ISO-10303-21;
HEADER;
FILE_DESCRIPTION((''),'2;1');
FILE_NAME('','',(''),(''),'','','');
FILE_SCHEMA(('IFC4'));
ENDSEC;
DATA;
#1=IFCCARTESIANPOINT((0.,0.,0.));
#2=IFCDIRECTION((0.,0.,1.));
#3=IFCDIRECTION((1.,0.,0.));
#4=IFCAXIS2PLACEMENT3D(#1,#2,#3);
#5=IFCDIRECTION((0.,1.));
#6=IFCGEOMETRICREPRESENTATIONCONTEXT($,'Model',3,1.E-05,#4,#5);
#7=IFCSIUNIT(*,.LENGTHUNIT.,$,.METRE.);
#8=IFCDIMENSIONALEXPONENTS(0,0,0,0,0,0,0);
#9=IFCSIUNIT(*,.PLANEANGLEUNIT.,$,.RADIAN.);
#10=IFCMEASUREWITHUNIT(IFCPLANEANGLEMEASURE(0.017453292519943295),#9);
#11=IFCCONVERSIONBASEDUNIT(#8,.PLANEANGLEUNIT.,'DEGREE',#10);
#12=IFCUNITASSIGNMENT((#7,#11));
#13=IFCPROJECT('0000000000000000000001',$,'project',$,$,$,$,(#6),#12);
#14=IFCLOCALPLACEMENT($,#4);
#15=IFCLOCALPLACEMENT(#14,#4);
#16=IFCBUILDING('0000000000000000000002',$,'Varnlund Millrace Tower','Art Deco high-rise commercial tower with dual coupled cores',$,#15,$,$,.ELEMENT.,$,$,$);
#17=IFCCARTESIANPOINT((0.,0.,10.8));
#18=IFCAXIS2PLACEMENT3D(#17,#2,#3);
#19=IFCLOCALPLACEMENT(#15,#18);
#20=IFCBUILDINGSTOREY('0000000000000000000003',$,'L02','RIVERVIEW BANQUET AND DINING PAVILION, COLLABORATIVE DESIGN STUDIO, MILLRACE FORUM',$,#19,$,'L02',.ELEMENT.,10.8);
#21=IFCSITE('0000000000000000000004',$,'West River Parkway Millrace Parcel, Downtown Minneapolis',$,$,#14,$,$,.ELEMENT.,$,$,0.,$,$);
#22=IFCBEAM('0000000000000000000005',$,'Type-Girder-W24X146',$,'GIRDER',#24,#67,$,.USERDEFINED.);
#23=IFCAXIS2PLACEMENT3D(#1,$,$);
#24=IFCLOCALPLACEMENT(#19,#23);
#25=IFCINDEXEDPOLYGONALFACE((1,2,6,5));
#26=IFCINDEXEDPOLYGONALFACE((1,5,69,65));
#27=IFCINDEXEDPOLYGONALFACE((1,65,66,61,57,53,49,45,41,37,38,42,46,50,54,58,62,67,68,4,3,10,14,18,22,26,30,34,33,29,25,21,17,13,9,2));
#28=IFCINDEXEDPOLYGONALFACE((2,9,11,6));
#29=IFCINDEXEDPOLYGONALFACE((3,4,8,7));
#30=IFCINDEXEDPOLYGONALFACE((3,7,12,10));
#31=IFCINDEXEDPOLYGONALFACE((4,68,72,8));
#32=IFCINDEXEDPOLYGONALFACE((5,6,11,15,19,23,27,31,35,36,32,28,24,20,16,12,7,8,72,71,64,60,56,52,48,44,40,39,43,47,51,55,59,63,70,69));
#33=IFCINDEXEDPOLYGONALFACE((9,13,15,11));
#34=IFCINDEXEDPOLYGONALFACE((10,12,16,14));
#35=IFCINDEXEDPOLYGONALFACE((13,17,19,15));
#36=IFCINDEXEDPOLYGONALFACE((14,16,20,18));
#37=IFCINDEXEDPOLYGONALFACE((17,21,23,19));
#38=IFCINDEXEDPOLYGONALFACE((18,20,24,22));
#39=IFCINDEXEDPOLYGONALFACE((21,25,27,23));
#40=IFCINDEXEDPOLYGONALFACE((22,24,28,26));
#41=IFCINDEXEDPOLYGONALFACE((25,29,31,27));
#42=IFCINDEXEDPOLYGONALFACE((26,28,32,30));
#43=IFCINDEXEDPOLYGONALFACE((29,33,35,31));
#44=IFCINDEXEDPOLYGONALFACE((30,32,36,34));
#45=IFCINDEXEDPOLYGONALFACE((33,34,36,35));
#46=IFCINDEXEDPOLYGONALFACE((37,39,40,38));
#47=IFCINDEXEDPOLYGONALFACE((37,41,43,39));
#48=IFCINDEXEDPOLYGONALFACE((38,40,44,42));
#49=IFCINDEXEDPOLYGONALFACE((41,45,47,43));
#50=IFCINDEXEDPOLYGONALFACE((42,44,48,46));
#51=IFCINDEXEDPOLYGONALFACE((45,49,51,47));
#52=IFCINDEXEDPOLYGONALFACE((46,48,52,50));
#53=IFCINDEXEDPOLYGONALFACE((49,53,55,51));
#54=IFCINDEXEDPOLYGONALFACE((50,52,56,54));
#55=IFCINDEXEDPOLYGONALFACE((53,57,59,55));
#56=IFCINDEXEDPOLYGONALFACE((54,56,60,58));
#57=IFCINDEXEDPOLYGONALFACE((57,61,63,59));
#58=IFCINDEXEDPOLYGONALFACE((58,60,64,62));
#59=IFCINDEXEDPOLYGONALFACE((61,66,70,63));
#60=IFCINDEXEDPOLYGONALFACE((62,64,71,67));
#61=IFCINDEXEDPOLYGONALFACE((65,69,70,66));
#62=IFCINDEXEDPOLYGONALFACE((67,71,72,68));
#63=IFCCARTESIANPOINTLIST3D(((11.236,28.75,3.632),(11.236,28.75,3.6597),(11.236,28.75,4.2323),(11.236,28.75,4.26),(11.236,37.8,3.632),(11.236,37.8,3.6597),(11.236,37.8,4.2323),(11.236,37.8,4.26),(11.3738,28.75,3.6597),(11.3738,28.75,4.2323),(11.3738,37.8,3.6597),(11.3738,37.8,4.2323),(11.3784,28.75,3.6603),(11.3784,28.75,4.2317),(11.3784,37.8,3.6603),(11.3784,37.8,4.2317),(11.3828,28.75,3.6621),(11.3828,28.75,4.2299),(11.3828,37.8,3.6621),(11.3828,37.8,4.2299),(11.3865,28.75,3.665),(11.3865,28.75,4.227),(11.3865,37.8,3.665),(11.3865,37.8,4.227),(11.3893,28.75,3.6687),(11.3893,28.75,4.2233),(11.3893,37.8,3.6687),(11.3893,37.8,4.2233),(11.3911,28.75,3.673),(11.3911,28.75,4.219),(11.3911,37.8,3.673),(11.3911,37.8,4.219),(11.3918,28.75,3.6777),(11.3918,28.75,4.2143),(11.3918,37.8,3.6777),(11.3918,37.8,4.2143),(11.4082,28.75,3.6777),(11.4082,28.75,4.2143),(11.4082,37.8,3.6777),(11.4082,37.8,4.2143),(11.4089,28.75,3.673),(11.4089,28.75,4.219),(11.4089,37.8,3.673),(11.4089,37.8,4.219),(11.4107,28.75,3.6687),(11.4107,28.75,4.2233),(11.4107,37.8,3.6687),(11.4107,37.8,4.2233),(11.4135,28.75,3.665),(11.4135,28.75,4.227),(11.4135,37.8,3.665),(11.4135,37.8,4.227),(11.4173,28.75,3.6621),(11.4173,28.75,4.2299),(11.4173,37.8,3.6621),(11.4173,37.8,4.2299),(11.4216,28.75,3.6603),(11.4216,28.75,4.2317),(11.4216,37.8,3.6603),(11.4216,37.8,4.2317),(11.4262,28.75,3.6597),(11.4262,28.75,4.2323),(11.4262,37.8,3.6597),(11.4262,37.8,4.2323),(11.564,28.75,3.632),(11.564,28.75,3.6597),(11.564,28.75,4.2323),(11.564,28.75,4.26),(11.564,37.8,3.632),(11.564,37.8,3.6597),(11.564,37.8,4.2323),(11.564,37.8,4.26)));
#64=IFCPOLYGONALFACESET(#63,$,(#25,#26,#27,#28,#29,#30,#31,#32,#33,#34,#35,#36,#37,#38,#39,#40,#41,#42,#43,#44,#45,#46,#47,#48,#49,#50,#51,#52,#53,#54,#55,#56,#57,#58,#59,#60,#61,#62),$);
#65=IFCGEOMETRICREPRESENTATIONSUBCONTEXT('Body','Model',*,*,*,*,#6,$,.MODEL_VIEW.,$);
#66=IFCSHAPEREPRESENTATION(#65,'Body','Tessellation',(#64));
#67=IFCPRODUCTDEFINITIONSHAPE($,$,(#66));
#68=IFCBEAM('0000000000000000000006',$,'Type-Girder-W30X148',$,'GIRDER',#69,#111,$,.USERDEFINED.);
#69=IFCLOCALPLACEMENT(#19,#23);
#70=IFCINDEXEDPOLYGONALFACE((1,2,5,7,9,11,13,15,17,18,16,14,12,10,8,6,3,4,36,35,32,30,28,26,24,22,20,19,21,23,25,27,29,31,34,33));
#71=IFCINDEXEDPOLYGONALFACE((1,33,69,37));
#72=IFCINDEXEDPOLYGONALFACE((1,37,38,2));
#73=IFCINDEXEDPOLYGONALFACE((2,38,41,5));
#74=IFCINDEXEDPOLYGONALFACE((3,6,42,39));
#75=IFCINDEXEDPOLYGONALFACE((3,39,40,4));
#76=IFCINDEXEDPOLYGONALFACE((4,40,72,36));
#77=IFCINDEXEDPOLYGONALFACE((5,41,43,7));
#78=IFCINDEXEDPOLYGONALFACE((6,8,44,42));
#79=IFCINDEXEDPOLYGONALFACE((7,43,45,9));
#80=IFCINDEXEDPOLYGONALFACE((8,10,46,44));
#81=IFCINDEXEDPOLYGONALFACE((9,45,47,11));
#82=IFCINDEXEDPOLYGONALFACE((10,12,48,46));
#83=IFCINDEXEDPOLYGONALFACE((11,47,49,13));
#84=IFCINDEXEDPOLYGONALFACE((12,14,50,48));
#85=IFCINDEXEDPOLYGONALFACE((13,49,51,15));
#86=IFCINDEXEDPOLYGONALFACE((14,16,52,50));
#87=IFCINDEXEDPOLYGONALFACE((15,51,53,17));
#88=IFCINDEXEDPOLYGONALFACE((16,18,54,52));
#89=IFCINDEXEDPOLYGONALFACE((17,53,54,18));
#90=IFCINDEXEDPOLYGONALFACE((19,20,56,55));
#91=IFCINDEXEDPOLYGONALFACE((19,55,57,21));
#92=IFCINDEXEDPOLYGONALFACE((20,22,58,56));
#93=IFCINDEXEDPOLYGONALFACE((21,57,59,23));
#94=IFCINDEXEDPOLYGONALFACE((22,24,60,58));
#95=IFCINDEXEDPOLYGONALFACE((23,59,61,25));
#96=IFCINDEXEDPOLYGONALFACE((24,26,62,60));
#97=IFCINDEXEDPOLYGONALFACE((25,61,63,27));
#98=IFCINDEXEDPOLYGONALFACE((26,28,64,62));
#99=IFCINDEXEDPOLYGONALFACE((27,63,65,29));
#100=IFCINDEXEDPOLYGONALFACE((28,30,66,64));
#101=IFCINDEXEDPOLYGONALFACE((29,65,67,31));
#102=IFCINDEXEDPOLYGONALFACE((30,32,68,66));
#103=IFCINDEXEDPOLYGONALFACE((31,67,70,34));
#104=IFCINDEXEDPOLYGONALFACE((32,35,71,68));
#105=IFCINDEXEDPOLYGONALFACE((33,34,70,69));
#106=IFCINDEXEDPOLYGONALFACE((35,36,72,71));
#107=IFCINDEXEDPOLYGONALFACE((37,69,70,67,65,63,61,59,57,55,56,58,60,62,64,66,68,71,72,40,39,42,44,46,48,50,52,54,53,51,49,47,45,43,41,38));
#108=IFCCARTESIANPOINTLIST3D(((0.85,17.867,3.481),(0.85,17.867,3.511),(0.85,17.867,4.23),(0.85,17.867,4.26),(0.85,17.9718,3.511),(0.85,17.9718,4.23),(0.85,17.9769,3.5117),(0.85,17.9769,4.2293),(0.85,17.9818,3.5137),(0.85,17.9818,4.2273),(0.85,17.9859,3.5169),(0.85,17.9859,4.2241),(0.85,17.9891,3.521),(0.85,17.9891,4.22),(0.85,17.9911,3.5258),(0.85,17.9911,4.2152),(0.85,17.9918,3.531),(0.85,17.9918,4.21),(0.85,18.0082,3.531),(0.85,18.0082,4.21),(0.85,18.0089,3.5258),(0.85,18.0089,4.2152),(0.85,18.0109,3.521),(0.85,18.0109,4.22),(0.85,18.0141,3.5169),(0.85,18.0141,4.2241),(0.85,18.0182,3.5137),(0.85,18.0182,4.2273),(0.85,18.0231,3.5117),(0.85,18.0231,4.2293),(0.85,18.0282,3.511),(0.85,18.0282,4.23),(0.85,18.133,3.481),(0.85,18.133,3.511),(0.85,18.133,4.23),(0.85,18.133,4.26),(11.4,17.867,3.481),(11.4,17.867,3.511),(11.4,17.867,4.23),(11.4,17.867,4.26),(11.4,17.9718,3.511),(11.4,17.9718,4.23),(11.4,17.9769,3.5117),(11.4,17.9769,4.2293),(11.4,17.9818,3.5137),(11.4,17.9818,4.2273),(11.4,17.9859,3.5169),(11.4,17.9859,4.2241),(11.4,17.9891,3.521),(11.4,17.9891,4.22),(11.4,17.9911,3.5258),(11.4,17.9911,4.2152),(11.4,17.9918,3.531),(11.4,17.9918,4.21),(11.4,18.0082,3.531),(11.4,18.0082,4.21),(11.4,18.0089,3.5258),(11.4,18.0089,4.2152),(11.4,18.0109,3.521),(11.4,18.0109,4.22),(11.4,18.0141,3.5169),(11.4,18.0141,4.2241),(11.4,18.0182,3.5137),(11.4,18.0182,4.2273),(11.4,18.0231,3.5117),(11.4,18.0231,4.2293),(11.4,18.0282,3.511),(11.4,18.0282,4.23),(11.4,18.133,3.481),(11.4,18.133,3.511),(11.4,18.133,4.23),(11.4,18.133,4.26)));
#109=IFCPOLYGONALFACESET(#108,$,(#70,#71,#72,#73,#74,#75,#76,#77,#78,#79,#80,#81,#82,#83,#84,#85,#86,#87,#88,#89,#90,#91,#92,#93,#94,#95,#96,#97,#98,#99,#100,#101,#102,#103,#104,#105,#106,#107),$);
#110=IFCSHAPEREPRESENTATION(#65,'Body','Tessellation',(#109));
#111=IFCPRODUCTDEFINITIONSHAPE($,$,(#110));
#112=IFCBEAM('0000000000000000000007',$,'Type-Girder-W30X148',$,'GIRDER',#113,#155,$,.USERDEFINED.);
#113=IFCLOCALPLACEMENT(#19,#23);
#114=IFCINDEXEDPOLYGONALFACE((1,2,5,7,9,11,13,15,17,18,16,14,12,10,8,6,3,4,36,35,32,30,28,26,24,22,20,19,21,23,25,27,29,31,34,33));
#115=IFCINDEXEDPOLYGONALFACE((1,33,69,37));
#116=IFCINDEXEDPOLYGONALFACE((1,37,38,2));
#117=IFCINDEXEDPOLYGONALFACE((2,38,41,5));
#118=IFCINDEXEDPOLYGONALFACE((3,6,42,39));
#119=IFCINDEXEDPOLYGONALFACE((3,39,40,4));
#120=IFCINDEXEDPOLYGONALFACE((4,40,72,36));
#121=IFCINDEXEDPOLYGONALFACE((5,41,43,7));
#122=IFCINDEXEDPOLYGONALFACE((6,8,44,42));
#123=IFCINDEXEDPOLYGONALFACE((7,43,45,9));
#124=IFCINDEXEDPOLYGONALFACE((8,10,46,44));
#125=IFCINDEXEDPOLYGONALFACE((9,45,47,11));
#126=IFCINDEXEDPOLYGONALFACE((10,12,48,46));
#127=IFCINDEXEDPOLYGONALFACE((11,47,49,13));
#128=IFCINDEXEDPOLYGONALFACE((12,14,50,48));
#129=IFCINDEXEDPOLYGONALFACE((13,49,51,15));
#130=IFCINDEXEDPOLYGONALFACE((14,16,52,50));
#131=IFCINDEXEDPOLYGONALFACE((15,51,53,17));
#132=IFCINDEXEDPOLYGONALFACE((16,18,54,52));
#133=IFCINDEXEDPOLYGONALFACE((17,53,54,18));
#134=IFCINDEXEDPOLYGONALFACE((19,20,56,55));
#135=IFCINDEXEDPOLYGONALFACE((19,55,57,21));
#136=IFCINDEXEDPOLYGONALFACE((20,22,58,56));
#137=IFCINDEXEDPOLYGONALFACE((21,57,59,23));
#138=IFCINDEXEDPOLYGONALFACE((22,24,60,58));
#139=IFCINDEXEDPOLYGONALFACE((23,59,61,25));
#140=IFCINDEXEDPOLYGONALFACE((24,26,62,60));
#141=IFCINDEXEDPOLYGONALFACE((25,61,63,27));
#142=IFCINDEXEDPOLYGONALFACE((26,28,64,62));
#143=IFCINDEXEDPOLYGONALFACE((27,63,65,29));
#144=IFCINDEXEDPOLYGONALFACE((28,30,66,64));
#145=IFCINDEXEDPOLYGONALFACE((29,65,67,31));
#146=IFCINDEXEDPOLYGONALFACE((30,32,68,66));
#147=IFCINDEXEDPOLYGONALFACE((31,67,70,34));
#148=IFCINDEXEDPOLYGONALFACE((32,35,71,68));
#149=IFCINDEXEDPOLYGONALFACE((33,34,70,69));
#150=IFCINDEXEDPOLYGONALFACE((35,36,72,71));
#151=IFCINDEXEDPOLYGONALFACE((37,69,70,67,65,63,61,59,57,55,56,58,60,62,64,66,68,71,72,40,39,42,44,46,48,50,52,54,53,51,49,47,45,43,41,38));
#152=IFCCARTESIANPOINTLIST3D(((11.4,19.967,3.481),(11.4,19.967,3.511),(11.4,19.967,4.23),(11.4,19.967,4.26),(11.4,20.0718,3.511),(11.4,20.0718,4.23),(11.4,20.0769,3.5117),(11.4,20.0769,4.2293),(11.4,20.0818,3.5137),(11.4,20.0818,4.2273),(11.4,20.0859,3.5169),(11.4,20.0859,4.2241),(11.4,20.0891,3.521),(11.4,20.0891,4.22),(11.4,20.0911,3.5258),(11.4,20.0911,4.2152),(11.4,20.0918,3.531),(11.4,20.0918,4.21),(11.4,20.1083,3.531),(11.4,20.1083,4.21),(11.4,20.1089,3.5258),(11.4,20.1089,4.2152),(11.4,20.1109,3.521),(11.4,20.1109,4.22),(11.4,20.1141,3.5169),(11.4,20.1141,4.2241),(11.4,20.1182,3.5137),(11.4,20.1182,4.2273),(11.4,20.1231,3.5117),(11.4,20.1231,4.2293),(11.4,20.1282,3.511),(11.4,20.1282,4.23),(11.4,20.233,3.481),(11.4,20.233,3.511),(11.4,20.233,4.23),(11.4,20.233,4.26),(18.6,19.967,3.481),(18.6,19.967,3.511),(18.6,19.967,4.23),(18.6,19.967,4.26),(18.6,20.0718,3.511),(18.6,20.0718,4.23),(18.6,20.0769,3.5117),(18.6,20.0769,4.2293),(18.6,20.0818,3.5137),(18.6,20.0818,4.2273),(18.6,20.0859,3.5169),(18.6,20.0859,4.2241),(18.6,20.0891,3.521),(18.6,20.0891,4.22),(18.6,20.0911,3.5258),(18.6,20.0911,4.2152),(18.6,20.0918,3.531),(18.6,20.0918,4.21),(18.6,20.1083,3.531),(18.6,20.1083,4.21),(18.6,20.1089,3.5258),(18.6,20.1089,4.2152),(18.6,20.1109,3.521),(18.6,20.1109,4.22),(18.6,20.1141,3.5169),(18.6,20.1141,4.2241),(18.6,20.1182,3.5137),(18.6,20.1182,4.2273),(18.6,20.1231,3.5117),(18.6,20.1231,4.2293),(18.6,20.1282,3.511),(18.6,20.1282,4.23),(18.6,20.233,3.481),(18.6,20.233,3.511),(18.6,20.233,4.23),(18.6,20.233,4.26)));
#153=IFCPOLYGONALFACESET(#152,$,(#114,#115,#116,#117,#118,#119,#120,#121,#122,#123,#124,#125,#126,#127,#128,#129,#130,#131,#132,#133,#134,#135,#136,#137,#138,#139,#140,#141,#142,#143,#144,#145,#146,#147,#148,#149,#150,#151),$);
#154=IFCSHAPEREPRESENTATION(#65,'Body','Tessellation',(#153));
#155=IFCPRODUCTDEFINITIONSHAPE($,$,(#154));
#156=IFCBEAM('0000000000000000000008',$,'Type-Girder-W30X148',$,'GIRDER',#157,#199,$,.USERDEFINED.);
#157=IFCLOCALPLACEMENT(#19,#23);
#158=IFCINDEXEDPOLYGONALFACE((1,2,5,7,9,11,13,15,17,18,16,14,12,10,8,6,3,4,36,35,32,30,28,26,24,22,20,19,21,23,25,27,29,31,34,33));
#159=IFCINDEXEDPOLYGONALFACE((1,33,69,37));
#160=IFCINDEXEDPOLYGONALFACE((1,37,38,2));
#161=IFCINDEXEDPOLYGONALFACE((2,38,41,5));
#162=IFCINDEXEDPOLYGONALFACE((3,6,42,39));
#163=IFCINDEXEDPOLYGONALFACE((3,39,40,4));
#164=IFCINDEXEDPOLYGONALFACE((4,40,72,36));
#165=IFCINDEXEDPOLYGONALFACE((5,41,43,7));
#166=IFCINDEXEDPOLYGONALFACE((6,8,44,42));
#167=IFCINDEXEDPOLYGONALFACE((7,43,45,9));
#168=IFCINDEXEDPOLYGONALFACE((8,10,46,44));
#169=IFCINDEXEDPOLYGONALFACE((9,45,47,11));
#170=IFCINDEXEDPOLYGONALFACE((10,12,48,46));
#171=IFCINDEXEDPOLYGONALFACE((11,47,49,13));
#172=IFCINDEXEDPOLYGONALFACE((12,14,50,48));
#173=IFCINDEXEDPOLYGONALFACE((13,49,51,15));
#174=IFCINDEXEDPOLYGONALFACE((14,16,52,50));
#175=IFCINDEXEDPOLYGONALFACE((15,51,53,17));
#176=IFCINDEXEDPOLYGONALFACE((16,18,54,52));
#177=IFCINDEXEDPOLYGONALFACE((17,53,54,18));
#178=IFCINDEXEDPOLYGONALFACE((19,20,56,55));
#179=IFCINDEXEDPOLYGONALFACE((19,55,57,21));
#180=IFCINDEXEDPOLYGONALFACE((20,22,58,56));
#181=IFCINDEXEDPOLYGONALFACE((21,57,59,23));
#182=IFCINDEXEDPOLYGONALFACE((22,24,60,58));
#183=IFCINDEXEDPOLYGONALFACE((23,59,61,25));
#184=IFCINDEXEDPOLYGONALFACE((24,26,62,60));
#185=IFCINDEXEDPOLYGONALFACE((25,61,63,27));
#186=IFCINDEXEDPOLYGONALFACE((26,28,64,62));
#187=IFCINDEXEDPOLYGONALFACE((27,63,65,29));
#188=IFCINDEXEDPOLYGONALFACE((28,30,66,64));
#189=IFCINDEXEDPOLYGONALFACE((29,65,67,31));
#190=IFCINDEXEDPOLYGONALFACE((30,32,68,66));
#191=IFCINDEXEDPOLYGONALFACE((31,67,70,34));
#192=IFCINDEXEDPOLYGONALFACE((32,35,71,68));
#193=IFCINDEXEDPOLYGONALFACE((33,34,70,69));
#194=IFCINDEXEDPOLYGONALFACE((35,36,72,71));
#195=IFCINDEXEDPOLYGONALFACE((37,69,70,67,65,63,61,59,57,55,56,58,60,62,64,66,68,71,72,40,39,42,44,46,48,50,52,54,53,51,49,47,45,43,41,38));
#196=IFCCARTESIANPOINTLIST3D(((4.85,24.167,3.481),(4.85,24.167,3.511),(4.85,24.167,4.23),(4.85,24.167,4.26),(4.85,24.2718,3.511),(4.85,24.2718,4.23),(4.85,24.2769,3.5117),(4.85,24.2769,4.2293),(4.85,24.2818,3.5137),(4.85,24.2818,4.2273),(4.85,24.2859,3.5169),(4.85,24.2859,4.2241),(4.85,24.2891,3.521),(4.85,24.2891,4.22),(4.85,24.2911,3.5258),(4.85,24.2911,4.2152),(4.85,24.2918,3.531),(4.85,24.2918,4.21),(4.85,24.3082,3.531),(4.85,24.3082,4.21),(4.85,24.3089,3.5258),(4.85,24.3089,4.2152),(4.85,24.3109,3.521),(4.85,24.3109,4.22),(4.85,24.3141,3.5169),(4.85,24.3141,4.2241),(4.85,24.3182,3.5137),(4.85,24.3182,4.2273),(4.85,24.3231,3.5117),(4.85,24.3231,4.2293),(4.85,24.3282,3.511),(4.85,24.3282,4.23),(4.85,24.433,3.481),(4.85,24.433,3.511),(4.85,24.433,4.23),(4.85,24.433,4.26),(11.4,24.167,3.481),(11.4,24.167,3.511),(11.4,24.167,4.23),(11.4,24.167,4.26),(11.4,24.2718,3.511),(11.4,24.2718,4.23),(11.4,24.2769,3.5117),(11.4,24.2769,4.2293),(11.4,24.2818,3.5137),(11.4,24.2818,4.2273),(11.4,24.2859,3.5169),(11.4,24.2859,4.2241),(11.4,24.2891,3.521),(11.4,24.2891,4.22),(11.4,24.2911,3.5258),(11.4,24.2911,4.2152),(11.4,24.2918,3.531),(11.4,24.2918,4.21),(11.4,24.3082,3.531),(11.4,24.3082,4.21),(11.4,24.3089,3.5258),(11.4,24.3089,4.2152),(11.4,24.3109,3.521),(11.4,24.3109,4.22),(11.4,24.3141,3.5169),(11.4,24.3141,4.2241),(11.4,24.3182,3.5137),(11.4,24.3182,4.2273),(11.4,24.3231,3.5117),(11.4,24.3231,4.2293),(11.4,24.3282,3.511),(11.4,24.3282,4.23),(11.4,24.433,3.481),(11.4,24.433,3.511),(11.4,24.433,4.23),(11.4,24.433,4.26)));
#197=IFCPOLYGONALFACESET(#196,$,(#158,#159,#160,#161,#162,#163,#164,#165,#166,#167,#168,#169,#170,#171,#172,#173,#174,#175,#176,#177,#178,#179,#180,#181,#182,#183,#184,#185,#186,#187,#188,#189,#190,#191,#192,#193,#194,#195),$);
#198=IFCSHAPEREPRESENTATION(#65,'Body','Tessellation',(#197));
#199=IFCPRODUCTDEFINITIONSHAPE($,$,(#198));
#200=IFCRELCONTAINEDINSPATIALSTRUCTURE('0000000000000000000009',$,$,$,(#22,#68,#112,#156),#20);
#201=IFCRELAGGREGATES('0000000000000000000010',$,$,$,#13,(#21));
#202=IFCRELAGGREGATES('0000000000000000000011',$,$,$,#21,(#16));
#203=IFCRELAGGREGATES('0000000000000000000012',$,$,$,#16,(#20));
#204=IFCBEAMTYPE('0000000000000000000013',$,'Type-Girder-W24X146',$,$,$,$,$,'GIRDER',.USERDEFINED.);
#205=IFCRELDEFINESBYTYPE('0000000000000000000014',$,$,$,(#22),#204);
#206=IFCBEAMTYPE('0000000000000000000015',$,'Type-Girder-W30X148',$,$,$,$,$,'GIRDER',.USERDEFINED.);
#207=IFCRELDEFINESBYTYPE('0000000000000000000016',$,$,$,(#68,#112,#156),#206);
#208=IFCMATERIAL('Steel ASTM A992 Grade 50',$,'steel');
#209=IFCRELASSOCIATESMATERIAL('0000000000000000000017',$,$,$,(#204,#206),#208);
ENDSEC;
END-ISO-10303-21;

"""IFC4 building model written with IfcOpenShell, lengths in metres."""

from ifc_helpers import new_model, entity, si_unit, converted_unit, direction, frame, origin_with_axes, origin_2d_with_axis, place, context, subcontext, project, spatial, i_section, extrude, material, material_profile, profile_set, type_object, element, save


model = new_model("IFC4")

# Units and contexts
model_context = context("Model", 3, precision=1e-05, world=origin_with_axes(), true_north=direction((0.0, 1.0)))
body_context = subcontext(model_context, "Body", "Model", "MODEL_VIEW")
ifc_project = project(units=[si_unit("LENGTHUNIT", "METRE"), converted_unit("PLANEANGLEUNIT", "DEGREE", entity("IfcPlaneAngleMeasure", 0.017453292519943295), si_unit("PLANEANGLEUNIT", "RADIAN"), dimensions=[0, 0, 0, 0, 0, 0, 0])], contexts=[model_context])

# Site, building, storey
site_placement = place(None, origin_with_axes())
site = spatial("IfcSite", under=ifc_project, at=site_placement, Name="West River Parkway Millrace Parcel, Downtown Minneapolis", CompositionType="ELEMENT", RefElevation=0.0)
building_placement = place(site_placement, origin_with_axes())
building = spatial("IfcBuilding", under=site, at=building_placement, Name="Varnlund Millrace Tower", Description="Art Deco high-rise commercial tower with dual coupled cores", CompositionType="ELEMENT")
storey_placement = place(building_placement, frame((0.0, 0.0, 10.8), z_axis=(0.0, 0.0, 1.0), x_axis=(1.0, 0.0, 0.0)))
storey = spatial("IfcBuildingStorey", under=building, at=storey_placement, Name="L02", Description="RIVERVIEW BANQUET AND DINING PAVILION, COLLABORATIVE DESIGN STUDIO, MILLRACE FORUM", LongName="L02", CompositionType="ELEMENT", Elevation=10.8)

# Beams
ifc_material_1 = material(Name="Steel ASTM A992 Grade 50", Category="steel")
ifc_material_profile_1 = material_profile(ifc_material_1, i_section(OverallWidth=0.328, OverallDepth=0.628, WebThickness=0.0165, FlangeThickness=0.0277, FilletRadius=0.018, at=origin_2d_with_axis()), Name="Steel ASTM A992 Grade 50")
ifc_profile_set_1 = profile_set([ifc_material_profile_1], Name="Steel ASTM A992 Grade 50")
beam_type_1 = type_object("IfcBeamType", Name="Type-Girder-W24X146", ElementType="GIRDER", PredefinedType="USERDEFINED", material=ifc_profile_set_1)
beam_1_placement = place(storey_placement, frame((11.4, 28.75, 3.946), z_axis=(0.0, 1.0, 0.0), x_axis=(-1.0, 0.0, 0.0)))
element("IfcBeam", 1, at=beam_1_placement, inside=storey, type_object=beam_type_1, Name="Type-Girder-W24X146", ObjectType="GIRDER", PredefinedType="USERDEFINED", context=body_context, shape_type="SweptSolid", body=[
    extrude(i_section(OverallWidth=0.328, OverallDepth=0.628, WebThickness=0.0165, FlangeThickness=0.0277, FilletRadius=0.018, at=origin_2d_with_axis()), origin_with_axes(), (0.0, 0.0, 1.0), 9.05),
])
ifc_material_profile_2 = material_profile(ifc_material_1, i_section(OverallWidth=0.266, OverallDepth=0.779, WebThickness=0.0165, FlangeThickness=0.03, FilletRadius=0.02, at=origin_2d_with_axis()), Name="Steel ASTM A992 Grade 50")
ifc_profile_set_2 = profile_set([ifc_material_profile_2], Name="Steel ASTM A992 Grade 50")
beam_type_2 = type_object("IfcBeamType", Name="Type-Girder-W30X148", ElementType="GIRDER", PredefinedType="USERDEFINED", material=ifc_profile_set_2)
beam_2_placement = place(storey_placement, frame((0.85, 18.0, 3.8705), z_axis=(1.0, 0.0, 0.0), x_axis=(0.0, 1.0, 0.0)))
element("IfcBeam", 2, at=beam_2_placement, inside=storey, type_object=beam_type_2, Name="Type-Girder-W30X148", ObjectType="GIRDER", PredefinedType="USERDEFINED", context=body_context, shape_type="SweptSolid", body=[
    extrude(i_section(OverallWidth=0.266, OverallDepth=0.779, WebThickness=0.0165, FlangeThickness=0.03, FilletRadius=0.02, at=origin_2d_with_axis()), origin_with_axes(), (0.0, 0.0, 1.0), 10.55),
])
beam_3_placement = place(storey_placement, frame((11.4, 20.1, 3.8705), z_axis=(1.0, 0.0, 0.0), x_axis=(0.0, 1.0, 0.0)))
element("IfcBeam", 3, at=beam_3_placement, inside=storey, type_object=beam_type_2, Name="Type-Girder-W30X148", ObjectType="GIRDER", PredefinedType="USERDEFINED", context=body_context, shape_type="SweptSolid", body=[
    extrude(i_section(OverallWidth=0.266, OverallDepth=0.779, WebThickness=0.0165, FlangeThickness=0.03, FilletRadius=0.02, at=origin_2d_with_axis()), origin_with_axes(), (0.0, 0.0, 1.0), 7.2),
])
beam_4_placement = place(storey_placement, frame((4.85, 24.3, 3.8705), z_axis=(1.0, 0.0, 0.0), x_axis=(0.0, 1.0, 0.0)))
element("IfcBeam", 4, at=beam_4_placement, inside=storey, type_object=beam_type_2, Name="Type-Girder-W30X148", ObjectType="GIRDER", PredefinedType="USERDEFINED", context=body_context, shape_type="SweptSolid", body=[
    extrude(i_section(OverallWidth=0.266, OverallDepth=0.779, WebThickness=0.0165, FlangeThickness=0.03, FilletRadius=0.02, at=origin_2d_with_axis()), origin_with_axes(), (0.0, 0.0, 1.0), 6.55),
])

save(model, "model.ifc")
